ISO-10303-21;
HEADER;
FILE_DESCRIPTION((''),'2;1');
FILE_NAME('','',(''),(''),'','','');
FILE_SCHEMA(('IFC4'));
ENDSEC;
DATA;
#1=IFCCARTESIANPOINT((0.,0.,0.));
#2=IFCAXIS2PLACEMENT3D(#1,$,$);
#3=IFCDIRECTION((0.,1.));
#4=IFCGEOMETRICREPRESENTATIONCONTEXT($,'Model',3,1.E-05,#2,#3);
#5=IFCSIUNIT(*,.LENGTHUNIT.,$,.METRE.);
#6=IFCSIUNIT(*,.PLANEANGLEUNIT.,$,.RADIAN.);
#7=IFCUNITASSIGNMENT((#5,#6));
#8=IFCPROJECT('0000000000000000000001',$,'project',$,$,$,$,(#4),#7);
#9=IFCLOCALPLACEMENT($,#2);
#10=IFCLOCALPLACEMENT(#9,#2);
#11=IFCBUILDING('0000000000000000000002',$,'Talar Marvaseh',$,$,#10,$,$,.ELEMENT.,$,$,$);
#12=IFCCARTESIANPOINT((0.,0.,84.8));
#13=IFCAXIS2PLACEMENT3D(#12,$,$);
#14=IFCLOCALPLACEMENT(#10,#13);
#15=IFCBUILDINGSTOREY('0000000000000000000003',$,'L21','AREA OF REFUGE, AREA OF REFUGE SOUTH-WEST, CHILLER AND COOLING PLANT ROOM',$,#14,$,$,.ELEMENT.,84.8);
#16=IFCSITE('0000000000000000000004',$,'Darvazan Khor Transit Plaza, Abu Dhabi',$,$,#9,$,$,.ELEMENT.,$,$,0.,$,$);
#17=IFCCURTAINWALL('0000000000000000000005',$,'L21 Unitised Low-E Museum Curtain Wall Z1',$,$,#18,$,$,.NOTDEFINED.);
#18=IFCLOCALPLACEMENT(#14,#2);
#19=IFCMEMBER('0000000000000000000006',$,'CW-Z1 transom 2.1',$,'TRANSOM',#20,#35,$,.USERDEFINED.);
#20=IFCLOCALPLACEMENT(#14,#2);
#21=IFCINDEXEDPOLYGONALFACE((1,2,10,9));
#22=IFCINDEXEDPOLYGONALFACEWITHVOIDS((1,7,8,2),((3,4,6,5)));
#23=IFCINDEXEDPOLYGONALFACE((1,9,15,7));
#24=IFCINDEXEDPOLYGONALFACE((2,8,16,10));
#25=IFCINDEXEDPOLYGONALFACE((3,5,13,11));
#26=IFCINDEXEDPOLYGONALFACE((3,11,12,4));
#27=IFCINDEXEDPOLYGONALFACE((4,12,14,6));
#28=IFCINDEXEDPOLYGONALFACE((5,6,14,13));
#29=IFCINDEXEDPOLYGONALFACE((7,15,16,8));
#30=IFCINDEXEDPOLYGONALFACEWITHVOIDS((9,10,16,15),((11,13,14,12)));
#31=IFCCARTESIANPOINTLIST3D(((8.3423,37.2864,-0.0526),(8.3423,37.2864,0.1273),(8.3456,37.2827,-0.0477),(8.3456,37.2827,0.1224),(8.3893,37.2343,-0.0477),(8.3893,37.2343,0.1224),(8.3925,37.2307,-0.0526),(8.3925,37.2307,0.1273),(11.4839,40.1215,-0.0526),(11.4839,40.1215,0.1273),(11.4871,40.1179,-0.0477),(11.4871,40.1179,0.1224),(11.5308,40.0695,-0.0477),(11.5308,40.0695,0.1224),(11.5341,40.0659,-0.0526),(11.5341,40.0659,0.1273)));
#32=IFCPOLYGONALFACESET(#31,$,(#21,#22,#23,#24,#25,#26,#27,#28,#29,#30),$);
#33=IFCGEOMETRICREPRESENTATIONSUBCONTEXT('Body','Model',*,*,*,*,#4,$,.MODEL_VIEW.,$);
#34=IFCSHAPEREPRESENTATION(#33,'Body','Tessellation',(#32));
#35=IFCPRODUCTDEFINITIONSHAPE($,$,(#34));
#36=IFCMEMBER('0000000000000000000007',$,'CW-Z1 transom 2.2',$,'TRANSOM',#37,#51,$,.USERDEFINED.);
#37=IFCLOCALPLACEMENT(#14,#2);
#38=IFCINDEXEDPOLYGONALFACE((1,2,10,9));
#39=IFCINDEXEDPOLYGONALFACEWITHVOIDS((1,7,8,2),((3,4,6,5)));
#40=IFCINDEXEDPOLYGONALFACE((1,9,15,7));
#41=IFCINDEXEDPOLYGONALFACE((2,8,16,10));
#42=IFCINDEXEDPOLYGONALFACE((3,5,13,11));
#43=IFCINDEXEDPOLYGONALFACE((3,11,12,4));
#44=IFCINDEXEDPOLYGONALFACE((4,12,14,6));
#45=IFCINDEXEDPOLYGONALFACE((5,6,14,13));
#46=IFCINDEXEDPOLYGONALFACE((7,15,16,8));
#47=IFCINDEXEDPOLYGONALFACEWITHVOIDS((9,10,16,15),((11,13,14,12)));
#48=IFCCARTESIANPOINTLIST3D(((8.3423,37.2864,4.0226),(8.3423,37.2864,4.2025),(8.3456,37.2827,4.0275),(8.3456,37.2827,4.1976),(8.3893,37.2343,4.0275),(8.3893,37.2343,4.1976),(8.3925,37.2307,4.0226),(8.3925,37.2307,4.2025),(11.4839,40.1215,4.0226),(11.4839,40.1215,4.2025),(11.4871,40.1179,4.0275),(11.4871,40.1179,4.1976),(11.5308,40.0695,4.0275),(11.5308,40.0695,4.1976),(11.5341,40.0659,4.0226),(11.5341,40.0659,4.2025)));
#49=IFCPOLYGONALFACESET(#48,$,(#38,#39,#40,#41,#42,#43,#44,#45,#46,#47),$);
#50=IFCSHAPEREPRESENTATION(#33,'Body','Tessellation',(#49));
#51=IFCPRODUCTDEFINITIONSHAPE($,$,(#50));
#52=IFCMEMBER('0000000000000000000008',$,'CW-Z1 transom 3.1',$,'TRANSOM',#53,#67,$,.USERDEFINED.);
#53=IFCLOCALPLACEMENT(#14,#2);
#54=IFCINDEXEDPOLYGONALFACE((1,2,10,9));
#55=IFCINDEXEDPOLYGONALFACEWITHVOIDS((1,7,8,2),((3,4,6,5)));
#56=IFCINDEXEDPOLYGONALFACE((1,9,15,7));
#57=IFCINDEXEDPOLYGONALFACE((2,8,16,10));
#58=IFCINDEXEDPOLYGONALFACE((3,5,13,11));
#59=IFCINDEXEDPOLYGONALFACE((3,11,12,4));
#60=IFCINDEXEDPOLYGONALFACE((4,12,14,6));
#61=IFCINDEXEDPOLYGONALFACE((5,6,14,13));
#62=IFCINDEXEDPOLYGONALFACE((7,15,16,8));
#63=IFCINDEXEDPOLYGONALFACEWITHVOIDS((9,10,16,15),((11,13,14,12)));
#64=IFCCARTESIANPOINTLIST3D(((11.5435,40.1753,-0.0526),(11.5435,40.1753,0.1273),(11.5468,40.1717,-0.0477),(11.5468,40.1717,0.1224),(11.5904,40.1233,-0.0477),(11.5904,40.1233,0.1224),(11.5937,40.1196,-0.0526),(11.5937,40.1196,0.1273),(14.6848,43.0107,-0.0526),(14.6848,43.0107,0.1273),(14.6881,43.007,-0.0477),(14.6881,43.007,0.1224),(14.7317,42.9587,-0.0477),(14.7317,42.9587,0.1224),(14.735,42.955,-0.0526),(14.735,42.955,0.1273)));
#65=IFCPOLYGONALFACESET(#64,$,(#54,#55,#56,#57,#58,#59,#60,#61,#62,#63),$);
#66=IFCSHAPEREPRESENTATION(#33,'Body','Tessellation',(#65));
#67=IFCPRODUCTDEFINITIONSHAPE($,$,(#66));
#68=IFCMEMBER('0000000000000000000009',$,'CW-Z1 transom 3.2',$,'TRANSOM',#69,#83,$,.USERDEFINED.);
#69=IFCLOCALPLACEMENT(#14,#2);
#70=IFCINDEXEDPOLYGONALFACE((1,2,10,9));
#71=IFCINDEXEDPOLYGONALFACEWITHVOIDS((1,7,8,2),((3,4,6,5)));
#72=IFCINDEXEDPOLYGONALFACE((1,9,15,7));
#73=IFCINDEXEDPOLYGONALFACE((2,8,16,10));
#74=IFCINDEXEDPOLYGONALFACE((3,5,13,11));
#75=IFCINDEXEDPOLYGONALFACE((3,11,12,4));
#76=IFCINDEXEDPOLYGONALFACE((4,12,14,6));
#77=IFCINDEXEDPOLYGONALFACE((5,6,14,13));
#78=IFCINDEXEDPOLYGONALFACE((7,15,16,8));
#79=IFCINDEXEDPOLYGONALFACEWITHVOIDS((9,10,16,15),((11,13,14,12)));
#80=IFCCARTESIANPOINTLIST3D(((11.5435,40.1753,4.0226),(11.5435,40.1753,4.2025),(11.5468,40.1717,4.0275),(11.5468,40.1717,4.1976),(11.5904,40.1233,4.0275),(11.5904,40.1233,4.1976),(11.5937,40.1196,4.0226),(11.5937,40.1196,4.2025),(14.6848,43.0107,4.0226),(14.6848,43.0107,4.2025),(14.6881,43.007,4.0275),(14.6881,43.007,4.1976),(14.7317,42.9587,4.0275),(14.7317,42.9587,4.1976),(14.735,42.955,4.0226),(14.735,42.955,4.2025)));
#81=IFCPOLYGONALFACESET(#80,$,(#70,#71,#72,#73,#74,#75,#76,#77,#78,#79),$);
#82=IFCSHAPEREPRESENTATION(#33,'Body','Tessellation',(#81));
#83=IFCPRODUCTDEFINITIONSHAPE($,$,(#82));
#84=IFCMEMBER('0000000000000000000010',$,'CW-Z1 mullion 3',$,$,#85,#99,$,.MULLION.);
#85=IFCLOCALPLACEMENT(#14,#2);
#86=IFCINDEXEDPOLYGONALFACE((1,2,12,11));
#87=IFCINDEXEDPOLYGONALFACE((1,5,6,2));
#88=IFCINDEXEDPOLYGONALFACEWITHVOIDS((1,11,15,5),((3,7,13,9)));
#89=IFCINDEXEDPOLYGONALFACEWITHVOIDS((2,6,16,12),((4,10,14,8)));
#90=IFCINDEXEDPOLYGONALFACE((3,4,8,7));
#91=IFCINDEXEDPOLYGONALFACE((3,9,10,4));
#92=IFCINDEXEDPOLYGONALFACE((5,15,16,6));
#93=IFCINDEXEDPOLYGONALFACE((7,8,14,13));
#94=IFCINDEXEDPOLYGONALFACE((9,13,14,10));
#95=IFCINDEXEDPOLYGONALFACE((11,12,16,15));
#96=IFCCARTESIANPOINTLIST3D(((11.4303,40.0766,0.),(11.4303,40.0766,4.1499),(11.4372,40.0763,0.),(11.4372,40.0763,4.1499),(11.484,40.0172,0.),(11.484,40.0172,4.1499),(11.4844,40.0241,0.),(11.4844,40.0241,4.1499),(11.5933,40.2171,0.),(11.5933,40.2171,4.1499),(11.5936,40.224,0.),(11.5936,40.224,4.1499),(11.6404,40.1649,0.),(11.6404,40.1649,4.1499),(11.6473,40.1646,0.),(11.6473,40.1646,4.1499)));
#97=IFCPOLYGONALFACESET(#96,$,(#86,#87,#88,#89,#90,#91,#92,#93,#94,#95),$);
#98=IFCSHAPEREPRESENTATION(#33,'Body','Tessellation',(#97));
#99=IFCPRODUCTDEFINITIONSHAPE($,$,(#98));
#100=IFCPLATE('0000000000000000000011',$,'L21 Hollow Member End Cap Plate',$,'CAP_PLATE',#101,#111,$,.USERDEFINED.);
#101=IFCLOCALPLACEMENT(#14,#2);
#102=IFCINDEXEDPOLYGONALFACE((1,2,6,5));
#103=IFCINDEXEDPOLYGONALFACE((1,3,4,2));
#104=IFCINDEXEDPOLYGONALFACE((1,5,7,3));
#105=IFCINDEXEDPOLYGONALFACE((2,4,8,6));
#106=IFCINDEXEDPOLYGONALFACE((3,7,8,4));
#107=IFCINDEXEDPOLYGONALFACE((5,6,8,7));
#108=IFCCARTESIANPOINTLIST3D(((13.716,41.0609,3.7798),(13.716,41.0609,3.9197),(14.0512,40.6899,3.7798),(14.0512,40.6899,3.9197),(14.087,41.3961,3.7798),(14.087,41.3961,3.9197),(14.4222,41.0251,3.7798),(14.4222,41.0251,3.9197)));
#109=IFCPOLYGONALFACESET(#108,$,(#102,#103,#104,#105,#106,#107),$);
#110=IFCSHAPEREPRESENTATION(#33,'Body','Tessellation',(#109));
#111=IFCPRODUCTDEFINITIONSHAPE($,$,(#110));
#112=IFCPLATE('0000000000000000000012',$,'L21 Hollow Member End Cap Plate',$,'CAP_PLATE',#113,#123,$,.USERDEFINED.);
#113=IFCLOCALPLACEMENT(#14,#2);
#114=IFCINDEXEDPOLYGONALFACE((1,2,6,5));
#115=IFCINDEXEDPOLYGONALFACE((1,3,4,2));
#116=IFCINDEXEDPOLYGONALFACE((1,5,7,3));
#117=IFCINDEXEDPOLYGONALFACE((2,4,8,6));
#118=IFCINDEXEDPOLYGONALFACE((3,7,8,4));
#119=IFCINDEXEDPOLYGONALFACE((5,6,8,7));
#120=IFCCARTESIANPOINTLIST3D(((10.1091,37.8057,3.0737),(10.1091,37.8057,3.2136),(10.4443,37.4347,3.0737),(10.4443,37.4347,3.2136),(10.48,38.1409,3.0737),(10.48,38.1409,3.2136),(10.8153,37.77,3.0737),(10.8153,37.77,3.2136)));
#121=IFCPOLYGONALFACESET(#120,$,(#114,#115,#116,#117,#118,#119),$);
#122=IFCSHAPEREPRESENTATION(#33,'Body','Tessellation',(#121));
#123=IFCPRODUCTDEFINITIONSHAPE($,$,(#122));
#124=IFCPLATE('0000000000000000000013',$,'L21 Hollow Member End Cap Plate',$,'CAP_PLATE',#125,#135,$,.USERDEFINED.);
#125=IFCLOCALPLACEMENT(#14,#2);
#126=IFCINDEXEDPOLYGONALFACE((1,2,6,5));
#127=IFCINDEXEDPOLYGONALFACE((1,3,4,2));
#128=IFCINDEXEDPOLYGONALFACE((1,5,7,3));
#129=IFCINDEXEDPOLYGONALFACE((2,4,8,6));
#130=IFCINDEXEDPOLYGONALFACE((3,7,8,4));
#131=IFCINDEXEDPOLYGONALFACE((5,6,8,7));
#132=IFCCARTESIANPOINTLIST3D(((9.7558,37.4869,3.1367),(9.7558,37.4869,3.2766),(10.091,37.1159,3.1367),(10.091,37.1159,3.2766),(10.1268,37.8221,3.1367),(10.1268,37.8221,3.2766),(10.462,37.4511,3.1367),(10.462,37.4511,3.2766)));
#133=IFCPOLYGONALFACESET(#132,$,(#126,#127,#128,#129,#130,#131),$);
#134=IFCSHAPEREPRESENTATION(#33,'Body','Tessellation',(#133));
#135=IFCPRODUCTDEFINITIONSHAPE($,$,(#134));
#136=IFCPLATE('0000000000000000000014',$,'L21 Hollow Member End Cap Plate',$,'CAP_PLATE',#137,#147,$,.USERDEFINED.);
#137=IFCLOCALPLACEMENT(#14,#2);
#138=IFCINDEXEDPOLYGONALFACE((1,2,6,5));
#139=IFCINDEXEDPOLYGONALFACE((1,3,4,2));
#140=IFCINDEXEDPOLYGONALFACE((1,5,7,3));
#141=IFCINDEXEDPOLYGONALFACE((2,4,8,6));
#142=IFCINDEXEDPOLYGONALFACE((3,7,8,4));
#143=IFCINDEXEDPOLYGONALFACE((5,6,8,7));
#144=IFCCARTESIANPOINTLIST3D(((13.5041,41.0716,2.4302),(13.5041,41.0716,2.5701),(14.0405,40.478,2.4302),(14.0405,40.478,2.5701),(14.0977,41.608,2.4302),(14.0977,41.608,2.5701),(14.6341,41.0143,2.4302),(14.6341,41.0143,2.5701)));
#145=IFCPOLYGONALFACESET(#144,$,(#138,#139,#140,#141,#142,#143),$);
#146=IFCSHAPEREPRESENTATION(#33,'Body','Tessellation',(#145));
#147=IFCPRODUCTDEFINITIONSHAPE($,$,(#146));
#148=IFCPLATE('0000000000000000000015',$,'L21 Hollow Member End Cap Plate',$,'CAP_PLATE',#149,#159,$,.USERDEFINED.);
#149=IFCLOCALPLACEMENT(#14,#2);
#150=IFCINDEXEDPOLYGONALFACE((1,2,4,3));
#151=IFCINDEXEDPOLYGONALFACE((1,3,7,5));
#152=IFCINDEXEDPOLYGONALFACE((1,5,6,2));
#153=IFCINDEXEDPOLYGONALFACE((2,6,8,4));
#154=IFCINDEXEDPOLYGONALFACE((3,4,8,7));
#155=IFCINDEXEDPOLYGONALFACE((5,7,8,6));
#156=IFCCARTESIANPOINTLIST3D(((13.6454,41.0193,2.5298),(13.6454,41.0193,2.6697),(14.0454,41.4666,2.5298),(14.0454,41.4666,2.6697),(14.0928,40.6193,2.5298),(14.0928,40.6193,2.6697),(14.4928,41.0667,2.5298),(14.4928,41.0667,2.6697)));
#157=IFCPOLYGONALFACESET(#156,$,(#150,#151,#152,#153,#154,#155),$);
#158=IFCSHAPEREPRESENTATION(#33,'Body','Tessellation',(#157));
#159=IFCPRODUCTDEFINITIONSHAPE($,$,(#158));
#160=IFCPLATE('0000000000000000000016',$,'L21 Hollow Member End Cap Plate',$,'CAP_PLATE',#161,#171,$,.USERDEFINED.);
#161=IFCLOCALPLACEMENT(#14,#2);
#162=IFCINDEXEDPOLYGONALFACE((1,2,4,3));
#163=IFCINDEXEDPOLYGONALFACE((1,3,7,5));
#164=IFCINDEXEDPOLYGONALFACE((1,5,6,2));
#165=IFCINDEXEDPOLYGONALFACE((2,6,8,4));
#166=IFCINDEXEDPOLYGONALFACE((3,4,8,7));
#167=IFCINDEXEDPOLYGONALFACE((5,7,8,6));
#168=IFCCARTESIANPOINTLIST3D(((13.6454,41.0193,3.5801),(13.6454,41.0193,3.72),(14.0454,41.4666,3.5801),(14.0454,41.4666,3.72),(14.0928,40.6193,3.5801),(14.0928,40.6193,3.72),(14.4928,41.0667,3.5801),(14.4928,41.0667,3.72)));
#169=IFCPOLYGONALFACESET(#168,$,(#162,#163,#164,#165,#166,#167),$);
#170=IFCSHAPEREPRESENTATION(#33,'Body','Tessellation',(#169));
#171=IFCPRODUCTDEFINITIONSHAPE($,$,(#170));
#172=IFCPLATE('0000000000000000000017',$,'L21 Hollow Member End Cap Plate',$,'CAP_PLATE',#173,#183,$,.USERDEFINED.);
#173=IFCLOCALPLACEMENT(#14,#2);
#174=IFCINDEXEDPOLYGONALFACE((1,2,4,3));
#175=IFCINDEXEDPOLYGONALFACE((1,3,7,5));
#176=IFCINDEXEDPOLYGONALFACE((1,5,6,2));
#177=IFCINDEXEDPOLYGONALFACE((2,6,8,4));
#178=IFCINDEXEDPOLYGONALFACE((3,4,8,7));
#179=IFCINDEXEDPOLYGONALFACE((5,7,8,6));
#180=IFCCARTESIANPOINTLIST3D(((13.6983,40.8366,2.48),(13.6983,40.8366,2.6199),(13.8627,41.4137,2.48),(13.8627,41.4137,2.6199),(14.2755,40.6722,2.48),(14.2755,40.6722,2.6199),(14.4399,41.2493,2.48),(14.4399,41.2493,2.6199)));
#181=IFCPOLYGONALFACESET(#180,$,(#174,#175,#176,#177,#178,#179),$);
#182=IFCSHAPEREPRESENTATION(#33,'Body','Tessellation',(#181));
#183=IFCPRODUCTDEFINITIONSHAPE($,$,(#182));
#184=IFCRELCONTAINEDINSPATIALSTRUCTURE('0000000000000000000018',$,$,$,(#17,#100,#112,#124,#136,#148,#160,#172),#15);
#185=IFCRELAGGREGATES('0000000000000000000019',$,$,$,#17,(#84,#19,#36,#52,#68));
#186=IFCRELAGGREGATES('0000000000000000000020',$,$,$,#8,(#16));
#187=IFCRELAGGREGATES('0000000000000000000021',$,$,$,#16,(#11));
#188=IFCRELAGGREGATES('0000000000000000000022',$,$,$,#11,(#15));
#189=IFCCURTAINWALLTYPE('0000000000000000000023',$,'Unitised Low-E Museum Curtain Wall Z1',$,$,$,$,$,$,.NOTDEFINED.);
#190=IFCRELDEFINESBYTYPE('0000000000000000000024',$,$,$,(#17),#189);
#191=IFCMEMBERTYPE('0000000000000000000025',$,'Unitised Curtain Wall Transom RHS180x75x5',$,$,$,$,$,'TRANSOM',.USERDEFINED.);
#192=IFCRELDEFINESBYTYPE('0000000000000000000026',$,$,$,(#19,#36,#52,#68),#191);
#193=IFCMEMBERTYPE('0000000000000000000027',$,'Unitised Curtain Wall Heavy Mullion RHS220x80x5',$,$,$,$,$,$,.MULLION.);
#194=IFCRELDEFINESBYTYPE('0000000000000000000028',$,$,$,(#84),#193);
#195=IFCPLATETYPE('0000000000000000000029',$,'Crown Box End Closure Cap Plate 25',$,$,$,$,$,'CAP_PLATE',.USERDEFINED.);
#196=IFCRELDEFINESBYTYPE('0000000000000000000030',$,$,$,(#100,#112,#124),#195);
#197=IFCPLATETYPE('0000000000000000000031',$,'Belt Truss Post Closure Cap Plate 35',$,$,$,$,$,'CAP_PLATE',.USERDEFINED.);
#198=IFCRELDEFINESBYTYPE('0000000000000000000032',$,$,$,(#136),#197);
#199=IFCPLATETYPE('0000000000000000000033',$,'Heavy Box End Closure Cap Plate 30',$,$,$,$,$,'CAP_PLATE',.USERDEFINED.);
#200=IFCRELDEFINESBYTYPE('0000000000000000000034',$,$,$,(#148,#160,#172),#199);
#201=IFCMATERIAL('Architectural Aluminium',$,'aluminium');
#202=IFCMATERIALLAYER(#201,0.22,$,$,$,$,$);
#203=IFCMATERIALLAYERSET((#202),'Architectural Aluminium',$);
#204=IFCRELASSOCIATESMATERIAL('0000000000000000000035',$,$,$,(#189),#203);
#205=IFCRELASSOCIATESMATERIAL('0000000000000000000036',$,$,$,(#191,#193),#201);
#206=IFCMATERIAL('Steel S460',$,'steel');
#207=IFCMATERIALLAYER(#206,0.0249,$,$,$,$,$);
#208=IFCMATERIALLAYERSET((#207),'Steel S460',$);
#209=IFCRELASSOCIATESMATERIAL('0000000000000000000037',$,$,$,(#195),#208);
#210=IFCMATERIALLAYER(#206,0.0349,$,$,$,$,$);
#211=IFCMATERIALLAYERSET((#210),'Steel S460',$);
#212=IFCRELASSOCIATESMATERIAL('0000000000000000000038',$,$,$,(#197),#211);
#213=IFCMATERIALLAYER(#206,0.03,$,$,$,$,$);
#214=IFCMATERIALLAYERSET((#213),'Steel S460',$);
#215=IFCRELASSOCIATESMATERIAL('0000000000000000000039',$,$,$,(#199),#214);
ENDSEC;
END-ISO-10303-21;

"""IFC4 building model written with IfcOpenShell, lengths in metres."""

from ifc_helpers import new_model, si_unit, direction, frame, origin, origin_2d, place, context, subcontext, project, spatial, rectangle, hollow_rectangle, extrude, source, transform, mapped, material, layer, layer_set, material_profile, profile_set, type_object, type_shapes, element, aggregate, save


model = new_model("IFC4")

# Units and contexts
model_context = context("Model", 3, precision=1e-05, world=origin(), true_north=direction((0.0, 1.0)))
body_context = subcontext(model_context, "Body", "Model", "MODEL_VIEW")
ifc_project = project(units=[si_unit("LENGTHUNIT", "METRE"), si_unit("PLANEANGLEUNIT", "RADIAN")], contexts=[model_context])

# Site, building, storey
site_placement = place(None, origin())
site = spatial("IfcSite", under=ifc_project, at=site_placement, Name="Darvazan Khor Transit Plaza, Abu Dhabi", CompositionType="ELEMENT", RefElevation=0.0)
building_placement = place(site_placement, origin())
building = spatial("IfcBuilding", under=site, at=building_placement, Name="Talar Marvaseh", CompositionType="ELEMENT")
storey_placement = place(building_placement, frame((0.0, 0.0, 84.8)))
storey = spatial("IfcBuildingStorey", under=building, at=storey_placement, Name="L21", Description="AREA OF REFUGE, AREA OF REFUGE SOUTH-WEST, CHILLER AND COOLING PLANT ROOM", CompositionType="ELEMENT", Elevation=84.8)

# Shared definitions
ifc_material_1 = material(Name="Steel S460", Category="steel")

# Curtain wall, members
ifc_material_2 = material(Name="Architectural Aluminium", Category="aluminium")
ifc_layer_1 = layer(ifc_material_2, 0.22)
ifc_layer_set_1 = layer_set([ifc_layer_1], Name="Architectural Aluminium")
curtain_wall_type = type_object("IfcCurtainWallType", Name="Unitised Low-E Museum Curtain Wall Z1", PredefinedType="NOTDEFINED", material=ifc_layer_set_1)
curtain_wall_placement = place(storey_placement, origin())
curtain_wall = element("IfcCurtainWall", 1, at=curtain_wall_placement, inside=storey, type_object=curtain_wall_type, Name="L21 Unitised Low-E Museum Curtain Wall Z1", PredefinedType="NOTDEFINED")
ifc_material_profile_1 = material_profile(ifc_material_2, hollow_rectangle(XDim=0.075, YDim=0.1799, WallThickness=0.0049, at=origin_2d()), Name="RHS180x75x5")
ifc_profile_set_1 = profile_set([ifc_material_profile_1], Name="Architectural Aluminium")
member_type_1 = type_object("IfcMemberType", Name="Unitised Curtain Wall Transom RHS180x75x5", ElementType="TRANSOM", PredefinedType="USERDEFINED", material=ifc_profile_set_1)
shared_shape_1 = source(origin(), body_context, "Body", "SweptSolid", [
    extrude(hollow_rectangle(XDim=0.075, YDim=0.1799, WallThickness=0.0049, at=origin_2d()), origin(), (0.0, 0.0, 1.0), 4.2317),
])
type_shapes(member_type_1, [shared_shape_1])
member_1_placement = place(storey_placement, frame((8.3674, 37.2585, 0.0374), z_axis=(0.742381, 0.669978, 0.0), x_axis=(-0.669978, 0.742381, 0.0)))
member_1 = element("IfcMember", 2, at=member_1_placement, type_object=member_type_1, Name="CW-Z1 transom 2.1", ObjectType="TRANSOM", PredefinedType="USERDEFINED", context=body_context, shape_type="MappedRepresentation", body=[
    mapped(shared_shape_1, transform((0.0, 0.0, 0.0), x_axis=(1.0, 0.0, 0.0), y_axis=(0.0, 1.0, 0.0), z_axis=(0.0, 0.0, 1.0), scale=1.0)),
])
member_2_placement = place(storey_placement, frame((8.3674, 37.2585, 4.1125), z_axis=(0.742381, 0.669978, 0.0), x_axis=(-0.669978, 0.742381, 0.0)))
member_2 = element("IfcMember", 3, at=member_2_placement, type_object=member_type_1, Name="CW-Z1 transom 2.2", ObjectType="TRANSOM", PredefinedType="USERDEFINED", context=body_context, shape_type="MappedRepresentation", body=[
    mapped(shared_shape_1, transform((0.0, 0.0, 0.0), x_axis=(1.0, 0.0, 0.0), y_axis=(0.0, 1.0, 0.0), z_axis=(0.0, 0.0, 1.0), scale=1.0)),
])
member_3_placement = place(storey_placement, frame((11.5686, 40.1475, 0.0374), z_axis=(0.742327, 0.670038, 0.0), x_axis=(-0.670038, 0.742327, 0.0)))
member_3 = element("IfcMember", 4, at=member_3_placement, type_object=member_type_1, Name="CW-Z1 transom 3.1", ObjectType="TRANSOM", PredefinedType="USERDEFINED", context=body_context, shape_type="MappedRepresentation", body=[
    mapped(shared_shape_1, transform((0.0, 0.0, 0.0), x_axis=(1.0, 0.0, 0.0), y_axis=(0.0, 1.0, 0.0), z_axis=(0.0, 0.0, 1.0), scale=1.0)),
])
member_4_placement = place(storey_placement, frame((11.5686, 40.1475, 4.1125), z_axis=(0.742327, 0.670038, 0.0), x_axis=(-0.670038, 0.742327, 0.0)))
member_4 = element("IfcMember", 5, at=member_4_placement, type_object=member_type_1, Name="CW-Z1 transom 3.2", ObjectType="TRANSOM", PredefinedType="USERDEFINED", context=body_context, shape_type="MappedRepresentation", body=[
    mapped(shared_shape_1, transform((0.0, 0.0, 0.0), x_axis=(1.0, 0.0, 0.0), y_axis=(0.0, 1.0, 0.0), z_axis=(0.0, 0.0, 1.0), scale=1.0)),
])
ifc_material_profile_2 = material_profile(ifc_material_2, hollow_rectangle(XDim=0.0801, YDim=0.22, WallThickness=0.0049, at=origin_2d()), Name="RHS220x80x5")
ifc_profile_set_2 = profile_set([ifc_material_profile_2], Name="Architectural Aluminium")
member_type_2 = type_object("IfcMemberType", Name="Unitised Curtain Wall Heavy Mullion RHS220x80x5", PredefinedType="MULLION", material=ifc_profile_set_2)
shared_shape_2 = source(origin(), body_context, "Body", "SweptSolid", [
    extrude(hollow_rectangle(XDim=0.0801, YDim=0.22, WallThickness=0.0049, at=origin_2d()), origin(), (0.0, 0.0, 1.0), 4.1499),
])
type_shapes(member_type_2, [shared_shape_2])
member_5_placement = place(storey_placement, frame((11.5388, 40.1206, 0.0), z_axis=(0.0, 0.0, 1.0), x_axis=(-0.670011, 0.742351, 0.0)))
member_5 = element("IfcMember", 6, at=member_5_placement, type_object=member_type_2, Name="CW-Z1 mullion 3", PredefinedType="MULLION", context=body_context, shape_type="MappedRepresentation", body=[
    mapped(shared_shape_2, transform((0.0, 0.0, 0.0), x_axis=(1.0, 0.0, 0.0), y_axis=(0.0, 1.0, 0.0), z_axis=(0.0, 0.0, 1.0), scale=1.0)),
])

# Plates
ifc_layer_2 = layer(ifc_material_1, 0.0249)
ifc_layer_set_2 = layer_set([ifc_layer_2], Name="Steel S460")
plate_type_1 = type_object("IfcPlateType", Name="Crown Box End Closure Cap Plate 25", ElementType="CAP_PLATE", PredefinedType="USERDEFINED", material=ifc_layer_set_2)
shared_shape_3 = source(origin(), body_context, "Body", "SweptSolid", [
    extrude(rectangle(XDim=0.5, YDim=0.5, at=origin_2d()), origin(), (0.0, 0.0, 1.0), 0.1399),
])
type_shapes(plate_type_1, [shared_shape_3])
for number, where, z_axis, x_axis, name in (
    (7, (14.0691, 41.043, 3.7798), (0.0, 0.0, 1.0), (0.741976, 0.670427, 0.0), "L21 Hollow Member End Cap Plate"),
    (8, (10.4622, 37.7878, 3.0737), (0.0, 0.0, 1.0), (-0.741976, -0.670427, 0.0), "L21 Hollow Member End Cap Plate"),
    (9, (10.1089, 37.469, 3.1367), (0.0, 0.0, 1.0), (-0.741976, -0.670427, 0.0), "L21 Hollow Member End Cap Plate"),
):
    element("IfcPlate", number, at=place(storey_placement, frame(where, z_axis=z_axis, x_axis=x_axis)), inside=storey, type_object=plate_type_1, Name=name, ObjectType="CAP_PLATE", PredefinedType="USERDEFINED", context=body_context, shape_type="MappedRepresentation", body=[
        mapped(shared_shape_3, transform((0.0, 0.0, 0.0), x_axis=(1.0, 0.0, 0.0), y_axis=(0.0, 1.0, 0.0), z_axis=(0.0, 0.0, 1.0), scale=1.0)),
    ])
ifc_layer_3 = layer(ifc_material_1, 0.0349)
ifc_layer_set_3 = layer_set([ifc_layer_3], Name="Steel S460")
plate_type_2 = type_object("IfcPlateType", Name="Belt Truss Post Closure Cap Plate 35", ElementType="CAP_PLATE", PredefinedType="USERDEFINED", material=ifc_layer_set_3)
shared_shape_4 = source(origin(), body_context, "Body", "SweptSolid", [
    extrude(rectangle(XDim=0.8, YDim=0.8, at=origin_2d()), origin(), (0.0, 0.0, 1.0), 0.1399),
])
plate_1_placement = place(storey_placement, frame((14.0691, 41.043, 2.4302), z_axis=(0.0, 0.0, 1.0), x_axis=(0.741976, 0.670427, 0.0)))
element("IfcPlate", 10, at=plate_1_placement, inside=storey, type_object=plate_type_2, Name="L21 Hollow Member End Cap Plate", ObjectType="CAP_PLATE", PredefinedType="USERDEFINED", context=body_context, shape_type="MappedRepresentation", body=[
    mapped(shared_shape_4, transform((0.0, 0.0, 0.0), x_axis=(1.0, 0.0, 0.0), y_axis=(0.0, 1.0, 0.0), z_axis=(0.0, 0.0, 1.0), scale=1.0)),
])
ifc_layer_4 = layer(ifc_material_1, 0.03)
ifc_layer_set_4 = layer_set([ifc_layer_4], Name="Steel S460")
plate_type_3 = type_object("IfcPlateType", Name="Heavy Box End Closure Cap Plate 30", ElementType="CAP_PLATE", PredefinedType="USERDEFINED", material=ifc_layer_set_4)
shared_shape_5 = source(origin(), body_context, "Body", "SweptSolid", [
    extrude(rectangle(XDim=0.6001, YDim=0.6001, at=origin_2d()), origin(), (0.0, 0.0, 1.0), 0.1399),
])
type_shapes(plate_type_3, [shared_shape_5])
for number, where, z_axis, x_axis, name in (
    (11, (14.0691, 41.043, 2.5298), (0.0, 0.0, 1.0), (-0.745476, 0.666532, 0.0), "L21 Hollow Member End Cap Plate"),
    (12, (14.0691, 41.043, 3.5801), (0.0, 0.0, 1.0), (-0.745476, 0.666532, 0.0), "L21 Hollow Member End Cap Plate"),
    (13, (14.0691, 41.043, 2.48), (0.0, 0.0, 1.0), (-0.273959, -0.961741, 0.0), "L21 Hollow Member End Cap Plate"),
):
    element("IfcPlate", number, at=place(storey_placement, frame(where, z_axis=z_axis, x_axis=x_axis)), inside=storey, type_object=plate_type_3, Name=name, ObjectType="CAP_PLATE", PredefinedType="USERDEFINED", context=body_context, shape_type="MappedRepresentation", body=[
        mapped(shared_shape_5, transform((0.0, 0.0, 0.0), x_axis=(1.0, 0.0, 0.0), y_axis=(0.0, 1.0, 0.0), z_axis=(0.0, 0.0, 1.0), scale=1.0)),
    ])

aggregate(curtain_wall, [member_5, member_1, member_2, member_3, member_4])

save(model, "model.ifc")
